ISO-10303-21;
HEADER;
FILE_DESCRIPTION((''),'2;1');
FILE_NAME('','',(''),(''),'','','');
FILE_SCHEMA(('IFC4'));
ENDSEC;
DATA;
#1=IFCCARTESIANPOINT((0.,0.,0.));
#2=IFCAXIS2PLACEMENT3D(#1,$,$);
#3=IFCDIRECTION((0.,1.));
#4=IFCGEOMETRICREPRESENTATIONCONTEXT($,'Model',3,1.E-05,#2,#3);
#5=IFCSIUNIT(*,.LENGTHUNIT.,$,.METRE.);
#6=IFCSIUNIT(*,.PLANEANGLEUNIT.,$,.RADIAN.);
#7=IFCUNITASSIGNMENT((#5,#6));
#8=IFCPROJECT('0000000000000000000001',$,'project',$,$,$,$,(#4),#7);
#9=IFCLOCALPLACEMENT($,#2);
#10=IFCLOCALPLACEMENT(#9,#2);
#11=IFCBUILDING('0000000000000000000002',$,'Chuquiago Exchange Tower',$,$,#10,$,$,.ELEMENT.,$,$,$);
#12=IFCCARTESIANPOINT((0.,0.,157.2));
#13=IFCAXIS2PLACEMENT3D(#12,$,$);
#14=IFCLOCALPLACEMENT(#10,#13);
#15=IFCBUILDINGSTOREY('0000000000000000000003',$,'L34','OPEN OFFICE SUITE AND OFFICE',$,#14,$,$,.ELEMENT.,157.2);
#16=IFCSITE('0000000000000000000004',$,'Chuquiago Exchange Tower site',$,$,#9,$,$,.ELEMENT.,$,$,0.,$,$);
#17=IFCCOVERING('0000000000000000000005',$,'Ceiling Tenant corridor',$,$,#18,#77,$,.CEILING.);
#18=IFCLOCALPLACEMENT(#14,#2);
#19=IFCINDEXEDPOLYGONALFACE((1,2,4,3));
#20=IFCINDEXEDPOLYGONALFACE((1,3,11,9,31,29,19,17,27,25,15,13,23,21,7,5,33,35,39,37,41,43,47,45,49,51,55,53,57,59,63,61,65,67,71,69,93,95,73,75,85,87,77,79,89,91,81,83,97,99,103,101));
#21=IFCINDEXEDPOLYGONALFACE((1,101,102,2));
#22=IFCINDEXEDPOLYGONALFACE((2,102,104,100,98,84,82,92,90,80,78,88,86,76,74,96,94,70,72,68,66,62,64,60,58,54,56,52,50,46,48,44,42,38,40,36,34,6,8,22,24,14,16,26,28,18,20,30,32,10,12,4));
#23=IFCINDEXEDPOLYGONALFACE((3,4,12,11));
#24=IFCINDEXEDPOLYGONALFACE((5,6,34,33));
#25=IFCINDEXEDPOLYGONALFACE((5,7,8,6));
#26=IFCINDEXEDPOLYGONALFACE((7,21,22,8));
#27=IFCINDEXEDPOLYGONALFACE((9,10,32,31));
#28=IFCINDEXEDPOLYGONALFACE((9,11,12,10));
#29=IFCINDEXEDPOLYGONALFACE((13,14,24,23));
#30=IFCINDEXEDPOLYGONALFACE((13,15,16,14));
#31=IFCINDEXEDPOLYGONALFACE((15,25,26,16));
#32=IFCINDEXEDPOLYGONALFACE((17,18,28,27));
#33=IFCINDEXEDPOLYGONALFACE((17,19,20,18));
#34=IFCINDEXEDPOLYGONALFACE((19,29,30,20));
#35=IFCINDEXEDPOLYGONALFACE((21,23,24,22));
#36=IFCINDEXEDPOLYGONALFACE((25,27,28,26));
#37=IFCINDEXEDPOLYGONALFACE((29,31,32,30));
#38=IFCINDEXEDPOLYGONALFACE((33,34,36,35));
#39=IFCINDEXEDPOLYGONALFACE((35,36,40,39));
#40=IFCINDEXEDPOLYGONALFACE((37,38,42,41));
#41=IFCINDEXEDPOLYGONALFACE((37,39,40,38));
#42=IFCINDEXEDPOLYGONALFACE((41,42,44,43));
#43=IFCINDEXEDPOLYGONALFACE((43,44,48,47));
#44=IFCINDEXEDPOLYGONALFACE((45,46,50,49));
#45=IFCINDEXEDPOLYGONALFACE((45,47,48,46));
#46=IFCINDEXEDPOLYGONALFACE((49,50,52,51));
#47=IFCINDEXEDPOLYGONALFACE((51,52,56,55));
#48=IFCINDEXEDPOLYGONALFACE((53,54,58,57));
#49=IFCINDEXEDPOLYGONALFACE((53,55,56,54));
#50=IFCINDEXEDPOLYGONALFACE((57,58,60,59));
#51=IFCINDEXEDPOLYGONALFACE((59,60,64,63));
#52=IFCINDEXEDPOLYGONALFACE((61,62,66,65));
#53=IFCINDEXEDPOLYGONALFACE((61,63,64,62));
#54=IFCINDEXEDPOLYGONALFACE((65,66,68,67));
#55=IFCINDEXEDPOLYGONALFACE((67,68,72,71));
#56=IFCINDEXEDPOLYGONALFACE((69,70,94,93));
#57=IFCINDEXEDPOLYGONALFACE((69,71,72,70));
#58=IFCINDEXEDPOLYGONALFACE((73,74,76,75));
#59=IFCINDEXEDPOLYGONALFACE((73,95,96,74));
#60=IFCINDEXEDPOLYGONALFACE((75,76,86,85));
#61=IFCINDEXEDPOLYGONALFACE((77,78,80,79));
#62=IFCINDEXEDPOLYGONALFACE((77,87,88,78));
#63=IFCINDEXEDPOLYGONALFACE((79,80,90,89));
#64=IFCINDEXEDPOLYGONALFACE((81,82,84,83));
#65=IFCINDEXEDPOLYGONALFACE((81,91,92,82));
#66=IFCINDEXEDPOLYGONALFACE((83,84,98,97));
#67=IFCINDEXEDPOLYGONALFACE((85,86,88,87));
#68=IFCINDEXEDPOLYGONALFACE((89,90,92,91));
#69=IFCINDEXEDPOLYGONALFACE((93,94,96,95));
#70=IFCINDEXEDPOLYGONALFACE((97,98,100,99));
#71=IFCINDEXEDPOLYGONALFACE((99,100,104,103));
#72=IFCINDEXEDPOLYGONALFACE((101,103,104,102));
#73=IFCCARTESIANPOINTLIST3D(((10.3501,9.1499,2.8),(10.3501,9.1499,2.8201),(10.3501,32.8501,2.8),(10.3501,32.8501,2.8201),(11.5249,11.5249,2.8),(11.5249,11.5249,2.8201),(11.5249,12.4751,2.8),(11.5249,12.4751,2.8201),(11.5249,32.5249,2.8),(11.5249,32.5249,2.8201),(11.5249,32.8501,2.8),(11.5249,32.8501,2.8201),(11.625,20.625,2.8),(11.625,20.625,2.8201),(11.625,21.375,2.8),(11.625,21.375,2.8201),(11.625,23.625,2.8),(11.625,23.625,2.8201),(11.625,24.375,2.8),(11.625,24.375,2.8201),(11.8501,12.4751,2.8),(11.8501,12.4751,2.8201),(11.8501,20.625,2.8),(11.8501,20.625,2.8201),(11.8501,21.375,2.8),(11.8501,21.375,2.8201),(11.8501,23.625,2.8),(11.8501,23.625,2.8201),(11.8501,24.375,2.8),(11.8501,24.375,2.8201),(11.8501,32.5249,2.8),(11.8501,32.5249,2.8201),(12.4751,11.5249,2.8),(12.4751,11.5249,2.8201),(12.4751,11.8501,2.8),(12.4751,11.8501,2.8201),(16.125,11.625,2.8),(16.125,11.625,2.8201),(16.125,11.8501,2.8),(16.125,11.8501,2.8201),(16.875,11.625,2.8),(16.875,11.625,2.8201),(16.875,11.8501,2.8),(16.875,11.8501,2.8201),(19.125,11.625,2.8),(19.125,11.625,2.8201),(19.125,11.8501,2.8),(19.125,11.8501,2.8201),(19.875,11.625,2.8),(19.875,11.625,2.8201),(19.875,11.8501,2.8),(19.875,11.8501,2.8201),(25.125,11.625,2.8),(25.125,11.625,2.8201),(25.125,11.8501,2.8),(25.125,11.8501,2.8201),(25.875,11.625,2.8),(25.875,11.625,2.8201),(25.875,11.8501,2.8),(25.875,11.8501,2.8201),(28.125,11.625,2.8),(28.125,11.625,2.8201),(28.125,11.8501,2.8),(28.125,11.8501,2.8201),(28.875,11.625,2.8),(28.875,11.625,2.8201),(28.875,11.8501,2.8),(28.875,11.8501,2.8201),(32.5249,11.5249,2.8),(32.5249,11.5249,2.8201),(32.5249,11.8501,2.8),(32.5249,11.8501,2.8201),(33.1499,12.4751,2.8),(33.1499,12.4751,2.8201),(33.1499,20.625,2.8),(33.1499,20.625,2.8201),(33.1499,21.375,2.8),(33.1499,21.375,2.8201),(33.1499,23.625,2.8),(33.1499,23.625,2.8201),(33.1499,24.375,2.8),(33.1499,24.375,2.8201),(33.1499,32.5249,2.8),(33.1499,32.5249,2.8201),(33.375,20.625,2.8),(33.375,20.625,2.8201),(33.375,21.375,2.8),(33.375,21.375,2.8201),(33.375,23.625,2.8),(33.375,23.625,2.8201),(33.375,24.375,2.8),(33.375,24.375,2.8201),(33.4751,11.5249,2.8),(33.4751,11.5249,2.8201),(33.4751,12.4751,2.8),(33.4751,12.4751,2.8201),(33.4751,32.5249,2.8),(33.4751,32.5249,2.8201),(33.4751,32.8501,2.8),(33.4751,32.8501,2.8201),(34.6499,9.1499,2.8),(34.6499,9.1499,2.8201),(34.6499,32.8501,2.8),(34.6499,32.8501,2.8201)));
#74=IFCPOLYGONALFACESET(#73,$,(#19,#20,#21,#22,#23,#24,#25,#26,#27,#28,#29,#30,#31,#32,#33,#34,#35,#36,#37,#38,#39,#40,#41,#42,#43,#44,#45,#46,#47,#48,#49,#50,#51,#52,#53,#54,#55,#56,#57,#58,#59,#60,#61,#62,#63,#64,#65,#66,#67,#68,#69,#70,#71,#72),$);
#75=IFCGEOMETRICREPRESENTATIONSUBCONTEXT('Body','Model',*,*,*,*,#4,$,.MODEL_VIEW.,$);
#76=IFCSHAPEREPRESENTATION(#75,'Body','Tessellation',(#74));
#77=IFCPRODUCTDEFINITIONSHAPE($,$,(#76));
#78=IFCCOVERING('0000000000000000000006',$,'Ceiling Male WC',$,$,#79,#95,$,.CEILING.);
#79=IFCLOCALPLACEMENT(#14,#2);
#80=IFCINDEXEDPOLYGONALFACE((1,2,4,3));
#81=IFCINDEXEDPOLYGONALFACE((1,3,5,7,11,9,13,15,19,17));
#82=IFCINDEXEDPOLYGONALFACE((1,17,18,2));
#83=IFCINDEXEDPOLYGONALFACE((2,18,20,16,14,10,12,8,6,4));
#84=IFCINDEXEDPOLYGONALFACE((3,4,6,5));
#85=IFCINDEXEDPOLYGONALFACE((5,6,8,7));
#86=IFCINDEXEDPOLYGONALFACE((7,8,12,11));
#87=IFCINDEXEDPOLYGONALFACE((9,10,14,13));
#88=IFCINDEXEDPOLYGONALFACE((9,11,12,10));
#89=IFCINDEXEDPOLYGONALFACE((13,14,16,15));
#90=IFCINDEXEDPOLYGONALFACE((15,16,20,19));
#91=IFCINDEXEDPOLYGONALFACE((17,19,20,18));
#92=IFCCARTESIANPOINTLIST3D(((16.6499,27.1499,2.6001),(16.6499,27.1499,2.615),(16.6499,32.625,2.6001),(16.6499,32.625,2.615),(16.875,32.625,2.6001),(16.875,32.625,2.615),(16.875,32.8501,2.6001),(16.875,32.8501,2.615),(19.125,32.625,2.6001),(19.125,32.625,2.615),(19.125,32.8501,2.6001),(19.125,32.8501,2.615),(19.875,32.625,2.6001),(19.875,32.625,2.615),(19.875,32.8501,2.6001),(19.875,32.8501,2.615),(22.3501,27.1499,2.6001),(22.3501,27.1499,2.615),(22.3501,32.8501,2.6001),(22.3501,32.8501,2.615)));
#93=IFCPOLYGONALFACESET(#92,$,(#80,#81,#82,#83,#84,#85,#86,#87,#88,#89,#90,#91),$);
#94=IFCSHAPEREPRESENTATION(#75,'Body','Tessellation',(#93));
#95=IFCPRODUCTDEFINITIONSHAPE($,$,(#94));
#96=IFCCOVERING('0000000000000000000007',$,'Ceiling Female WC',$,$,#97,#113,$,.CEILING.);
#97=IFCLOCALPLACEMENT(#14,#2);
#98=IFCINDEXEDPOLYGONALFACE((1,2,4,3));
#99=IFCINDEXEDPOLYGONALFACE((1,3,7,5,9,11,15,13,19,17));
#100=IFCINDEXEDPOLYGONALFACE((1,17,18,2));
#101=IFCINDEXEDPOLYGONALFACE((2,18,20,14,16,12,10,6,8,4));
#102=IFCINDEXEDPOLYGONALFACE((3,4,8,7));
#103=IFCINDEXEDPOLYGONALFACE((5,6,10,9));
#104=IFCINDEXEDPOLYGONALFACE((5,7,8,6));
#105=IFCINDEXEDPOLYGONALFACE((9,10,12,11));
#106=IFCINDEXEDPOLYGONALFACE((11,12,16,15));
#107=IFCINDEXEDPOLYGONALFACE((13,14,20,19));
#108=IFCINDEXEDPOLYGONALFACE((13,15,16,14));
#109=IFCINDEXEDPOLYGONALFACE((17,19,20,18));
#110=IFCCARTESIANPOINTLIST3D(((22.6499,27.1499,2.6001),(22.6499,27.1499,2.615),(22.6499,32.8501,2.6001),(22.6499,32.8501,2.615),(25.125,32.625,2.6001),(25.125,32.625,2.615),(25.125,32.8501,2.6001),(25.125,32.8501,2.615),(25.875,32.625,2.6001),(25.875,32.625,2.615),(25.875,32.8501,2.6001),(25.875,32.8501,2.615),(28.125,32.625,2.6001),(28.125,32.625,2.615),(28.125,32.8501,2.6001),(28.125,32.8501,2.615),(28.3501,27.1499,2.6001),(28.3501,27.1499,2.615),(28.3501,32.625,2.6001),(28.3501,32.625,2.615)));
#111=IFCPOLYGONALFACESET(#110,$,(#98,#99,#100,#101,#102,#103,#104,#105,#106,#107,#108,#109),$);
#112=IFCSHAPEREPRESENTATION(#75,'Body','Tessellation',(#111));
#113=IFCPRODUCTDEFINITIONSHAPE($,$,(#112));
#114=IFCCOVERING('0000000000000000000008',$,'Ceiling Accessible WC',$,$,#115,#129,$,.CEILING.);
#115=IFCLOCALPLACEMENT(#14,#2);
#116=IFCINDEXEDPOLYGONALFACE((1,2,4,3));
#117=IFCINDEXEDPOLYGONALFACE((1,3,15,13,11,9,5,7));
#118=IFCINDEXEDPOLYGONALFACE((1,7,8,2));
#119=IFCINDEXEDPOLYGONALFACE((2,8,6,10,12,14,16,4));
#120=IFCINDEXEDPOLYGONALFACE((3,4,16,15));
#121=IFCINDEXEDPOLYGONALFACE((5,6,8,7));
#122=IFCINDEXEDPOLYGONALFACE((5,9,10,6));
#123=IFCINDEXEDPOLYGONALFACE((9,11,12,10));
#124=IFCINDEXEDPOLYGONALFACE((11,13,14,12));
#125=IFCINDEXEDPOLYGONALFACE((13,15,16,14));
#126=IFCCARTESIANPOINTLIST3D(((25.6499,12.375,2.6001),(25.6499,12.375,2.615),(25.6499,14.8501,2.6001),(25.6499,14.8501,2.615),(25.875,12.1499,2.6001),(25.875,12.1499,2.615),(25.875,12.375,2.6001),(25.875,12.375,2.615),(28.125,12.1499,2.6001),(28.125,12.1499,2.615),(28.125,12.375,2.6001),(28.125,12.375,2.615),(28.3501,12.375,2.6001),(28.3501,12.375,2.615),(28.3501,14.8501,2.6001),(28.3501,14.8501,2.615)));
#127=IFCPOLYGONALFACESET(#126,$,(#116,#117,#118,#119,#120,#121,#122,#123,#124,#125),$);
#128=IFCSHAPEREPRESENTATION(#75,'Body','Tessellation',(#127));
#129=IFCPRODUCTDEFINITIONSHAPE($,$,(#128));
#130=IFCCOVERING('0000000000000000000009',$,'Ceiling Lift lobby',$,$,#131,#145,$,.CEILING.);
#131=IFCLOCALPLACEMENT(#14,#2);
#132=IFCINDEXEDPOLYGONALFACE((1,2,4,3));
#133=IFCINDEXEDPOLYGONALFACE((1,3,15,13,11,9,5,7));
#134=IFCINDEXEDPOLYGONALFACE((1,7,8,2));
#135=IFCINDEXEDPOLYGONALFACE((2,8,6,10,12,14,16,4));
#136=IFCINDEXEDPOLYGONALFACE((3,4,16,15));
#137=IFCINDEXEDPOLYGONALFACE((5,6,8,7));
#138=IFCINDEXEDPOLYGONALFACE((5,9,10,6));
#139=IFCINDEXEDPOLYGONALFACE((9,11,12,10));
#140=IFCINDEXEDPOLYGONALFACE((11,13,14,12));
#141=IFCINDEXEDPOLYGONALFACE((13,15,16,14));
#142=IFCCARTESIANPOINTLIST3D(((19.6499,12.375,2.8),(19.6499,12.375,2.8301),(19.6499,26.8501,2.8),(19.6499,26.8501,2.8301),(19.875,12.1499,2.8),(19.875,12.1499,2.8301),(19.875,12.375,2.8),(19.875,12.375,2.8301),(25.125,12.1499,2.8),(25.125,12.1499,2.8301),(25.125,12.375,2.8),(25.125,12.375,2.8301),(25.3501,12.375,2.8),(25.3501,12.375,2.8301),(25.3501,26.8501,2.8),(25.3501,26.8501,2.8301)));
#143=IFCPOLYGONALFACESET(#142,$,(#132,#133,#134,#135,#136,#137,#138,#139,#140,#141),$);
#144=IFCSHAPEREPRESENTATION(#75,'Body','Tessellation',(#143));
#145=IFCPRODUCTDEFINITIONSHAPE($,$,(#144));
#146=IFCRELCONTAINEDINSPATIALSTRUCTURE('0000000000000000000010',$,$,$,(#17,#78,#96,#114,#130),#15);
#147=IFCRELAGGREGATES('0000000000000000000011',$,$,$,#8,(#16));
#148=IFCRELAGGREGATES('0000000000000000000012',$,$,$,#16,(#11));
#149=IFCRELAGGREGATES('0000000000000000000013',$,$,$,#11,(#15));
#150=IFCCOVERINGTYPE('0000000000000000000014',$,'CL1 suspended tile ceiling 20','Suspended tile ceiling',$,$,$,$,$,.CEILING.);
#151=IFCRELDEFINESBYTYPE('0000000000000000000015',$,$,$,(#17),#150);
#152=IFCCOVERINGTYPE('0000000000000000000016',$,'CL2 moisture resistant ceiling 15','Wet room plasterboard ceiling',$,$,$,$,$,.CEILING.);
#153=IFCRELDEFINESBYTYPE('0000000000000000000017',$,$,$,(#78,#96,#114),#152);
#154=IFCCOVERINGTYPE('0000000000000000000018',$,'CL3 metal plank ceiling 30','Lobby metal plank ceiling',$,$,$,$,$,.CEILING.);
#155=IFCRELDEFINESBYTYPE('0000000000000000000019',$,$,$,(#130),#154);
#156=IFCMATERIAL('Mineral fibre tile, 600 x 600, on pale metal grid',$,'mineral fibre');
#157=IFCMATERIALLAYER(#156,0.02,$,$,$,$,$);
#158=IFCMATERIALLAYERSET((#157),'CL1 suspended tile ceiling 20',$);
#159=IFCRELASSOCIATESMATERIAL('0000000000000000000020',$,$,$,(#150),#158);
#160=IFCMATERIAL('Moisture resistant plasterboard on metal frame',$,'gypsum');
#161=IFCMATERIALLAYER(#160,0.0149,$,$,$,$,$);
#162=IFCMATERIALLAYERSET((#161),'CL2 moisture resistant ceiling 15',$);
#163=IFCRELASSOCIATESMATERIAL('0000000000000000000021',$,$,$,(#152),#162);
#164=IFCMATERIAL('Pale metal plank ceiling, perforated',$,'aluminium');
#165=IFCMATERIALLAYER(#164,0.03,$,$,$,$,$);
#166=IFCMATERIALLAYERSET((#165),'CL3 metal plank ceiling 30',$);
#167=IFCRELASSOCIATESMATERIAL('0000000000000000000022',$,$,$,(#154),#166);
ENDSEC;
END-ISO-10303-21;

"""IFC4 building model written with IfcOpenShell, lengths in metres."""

from ifc_helpers import new_model, si_unit, direction, frame, origin, place, context, subcontext, project, spatial, polyline, outline, extrude, material, layer, layer_set, type_object, element, save


model = new_model("IFC4")

# Units and contexts
model_context = context("Model", 3, precision=1e-05, world=origin(), true_north=direction((0.0, 1.0)))
body_context = subcontext(model_context, "Body", "Model", "MODEL_VIEW")
ifc_project = project(units=[si_unit("LENGTHUNIT", "METRE"), si_unit("PLANEANGLEUNIT", "RADIAN")], contexts=[model_context])

# Site, building, storey
site_placement = place(None, origin())
site = spatial("IfcSite", under=ifc_project, at=site_placement, Name="Chuquiago Exchange Tower site", CompositionType="ELEMENT", RefElevation=0.0)
building_placement = place(site_placement, origin())
building = spatial("IfcBuilding", under=site, at=building_placement, Name="Chuquiago Exchange Tower", CompositionType="ELEMENT")
storey_placement = place(building_placement, frame((0.0, 0.0, 157.2)))
storey = spatial("IfcBuildingStorey", under=building, at=storey_placement, Name="L34", Description="OPEN OFFICE SUITE AND OFFICE", CompositionType="ELEMENT", Elevation=157.2)

# Coverings
ifc_material_1 = material(Name="Mineral fibre tile, 600 x 600, on pale metal grid", Category="mineral fibre")
ifc_layer_1 = layer(ifc_material_1, 0.02)
ifc_layer_set_1 = layer_set([ifc_layer_1], Name="CL1 suspended tile ceiling 20")
covering_type_1 = type_object("IfcCoveringType", Name="CL1 suspended tile ceiling 20", Description="Suspended tile ceiling", PredefinedType="CEILING", material=ifc_layer_set_1)
covering_1_placement = place(storey_placement, frame((0.0, 0.0, 2.8)))
element("IfcCovering", 1, at=covering_1_placement, inside=storey, type_object=covering_type_1, Name="Ceiling Tenant corridor", PredefinedType="CEILING", context=body_context, shape_type="SweptSolid", body=[
    extrude(outline(polyline([(16.125, 11.8501), (16.125, 11.625), (16.875, 11.625), (16.875, 11.8501), (19.125, 11.8501), (19.125, 11.625), (19.875, 11.625), (19.875, 11.8501), (25.125, 11.8501), (25.125, 11.625), (25.875, 11.625), (25.875, 11.8501), (28.125, 11.8501), (28.125, 11.625), (28.875, 11.625), (28.875, 11.8501), (32.5249, 11.8501), (32.5249, 11.5249), (33.4751, 11.5249), (33.4751, 12.4751), (33.1499, 12.4751), (33.1499, 20.625), (33.375, 20.625), (33.375, 21.375), (33.1499, 21.375), (33.1499, 23.625), (33.375, 23.625), (33.375, 24.375), (33.1499, 24.375), (33.1499, 32.5249), (33.4751, 32.5249), (33.4751, 32.8501), (34.6499, 32.8501), (34.6499, 9.1499), (10.3501, 9.1499), (10.3501, 32.8501), (11.5249, 32.8501), (11.5249, 32.5249), (11.8501, 32.5249), (11.8501, 24.375), (11.625, 24.375), (11.625, 23.625), (11.8501, 23.625), (11.8501, 21.375), (11.625, 21.375), (11.625, 20.625), (11.8501, 20.625), (11.8501, 12.4751), (11.5249, 12.4751), (11.5249, 11.5249), (12.4751, 11.5249), (12.4751, 11.8501), (16.125, 11.8501)])), origin(), (0.0, 0.0, 1.0), 0.02),
])
ifc_material_2 = material(Name="Moisture resistant plasterboard on metal frame", Category="gypsum")
ifc_layer_2 = layer(ifc_material_2, 0.0149)
ifc_layer_set_2 = layer_set([ifc_layer_2], Name="CL2 moisture resistant ceiling 15")
covering_type_2 = type_object("IfcCoveringType", Name="CL2 moisture resistant ceiling 15", Description="Wet room plasterboard ceiling", PredefinedType="CEILING", material=ifc_layer_set_2)
covering_2_placement = place(storey_placement, frame((0.0, 0.0, 2.6001)))
element("IfcCovering", 2, at=covering_2_placement, inside=storey, type_object=covering_type_2, Name="Ceiling Male WC", PredefinedType="CEILING", context=body_context, shape_type="SweptSolid", body=[
    extrude(outline(polyline([(16.6499, 27.1499), (16.6499, 32.625), (16.875, 32.625), (16.875, 32.8501), (19.125, 32.8501), (19.125, 32.625), (19.875, 32.625), (19.875, 32.8501), (22.3501, 32.8501), (22.3501, 27.1499), (16.6499, 27.1499)])), origin(), (0.0, 0.0, 1.0), 0.0149),
])
covering_3_placement = place(storey_placement, frame((0.0, 0.0, 2.6001)))
element("IfcCovering", 3, at=covering_3_placement, inside=storey, type_object=covering_type_2, Name="Ceiling Female WC", PredefinedType="CEILING", context=body_context, shape_type="SweptSolid", body=[
    extrude(outline(polyline([(22.6499, 27.1499), (22.6499, 32.8501), (25.125, 32.8501), (25.125, 32.625), (25.875, 32.625), (25.875, 32.8501), (28.125, 32.8501), (28.125, 32.625), (28.3501, 32.625), (28.3501, 27.1499), (22.6499, 27.1499)])), origin(), (0.0, 0.0, 1.0), 0.0149),
])
covering_4_placement = place(storey_placement, frame((0.0, 0.0, 2.6001)))
element("IfcCovering", 4, at=covering_4_placement, inside=storey, type_object=covering_type_2, Name="Ceiling Accessible WC", PredefinedType="CEILING", context=body_context, shape_type="SweptSolid", body=[
    extrude(outline(polyline([(25.875, 12.1499), (25.875, 12.375), (25.6499, 12.375), (25.6499, 14.8501), (28.3501, 14.8501), (28.3501, 12.375), (28.125, 12.375), (28.125, 12.1499), (25.875, 12.1499)])), origin(), (0.0, 0.0, 1.0), 0.0149),
])
ifc_material_3 = material(Name="Pale metal plank ceiling, perforated", Category="aluminium")
ifc_layer_3 = layer(ifc_material_3, 0.03)
ifc_layer_set_3 = layer_set([ifc_layer_3], Name="CL3 metal plank ceiling 30")
covering_type_3 = type_object("IfcCoveringType", Name="CL3 metal plank ceiling 30", Description="Lobby metal plank ceiling", PredefinedType="CEILING", material=ifc_layer_set_3)
covering_5_placement = place(storey_placement, frame((0.0, 0.0, 2.8)))
element("IfcCovering", 5, at=covering_5_placement, inside=storey, type_object=covering_type_3, Name="Ceiling Lift lobby", PredefinedType="CEILING", context=body_context, shape_type="SweptSolid", body=[
    extrude(outline(polyline([(19.875, 12.1499), (19.875, 12.375), (19.6499, 12.375), (19.6499, 26.8501), (25.3501, 26.8501), (25.3501, 12.375), (25.125, 12.375), (25.125, 12.1499), (19.875, 12.1499)])), origin(), (0.0, 0.0, 1.0), 0.03),
])

save(model, "model.ifc")
